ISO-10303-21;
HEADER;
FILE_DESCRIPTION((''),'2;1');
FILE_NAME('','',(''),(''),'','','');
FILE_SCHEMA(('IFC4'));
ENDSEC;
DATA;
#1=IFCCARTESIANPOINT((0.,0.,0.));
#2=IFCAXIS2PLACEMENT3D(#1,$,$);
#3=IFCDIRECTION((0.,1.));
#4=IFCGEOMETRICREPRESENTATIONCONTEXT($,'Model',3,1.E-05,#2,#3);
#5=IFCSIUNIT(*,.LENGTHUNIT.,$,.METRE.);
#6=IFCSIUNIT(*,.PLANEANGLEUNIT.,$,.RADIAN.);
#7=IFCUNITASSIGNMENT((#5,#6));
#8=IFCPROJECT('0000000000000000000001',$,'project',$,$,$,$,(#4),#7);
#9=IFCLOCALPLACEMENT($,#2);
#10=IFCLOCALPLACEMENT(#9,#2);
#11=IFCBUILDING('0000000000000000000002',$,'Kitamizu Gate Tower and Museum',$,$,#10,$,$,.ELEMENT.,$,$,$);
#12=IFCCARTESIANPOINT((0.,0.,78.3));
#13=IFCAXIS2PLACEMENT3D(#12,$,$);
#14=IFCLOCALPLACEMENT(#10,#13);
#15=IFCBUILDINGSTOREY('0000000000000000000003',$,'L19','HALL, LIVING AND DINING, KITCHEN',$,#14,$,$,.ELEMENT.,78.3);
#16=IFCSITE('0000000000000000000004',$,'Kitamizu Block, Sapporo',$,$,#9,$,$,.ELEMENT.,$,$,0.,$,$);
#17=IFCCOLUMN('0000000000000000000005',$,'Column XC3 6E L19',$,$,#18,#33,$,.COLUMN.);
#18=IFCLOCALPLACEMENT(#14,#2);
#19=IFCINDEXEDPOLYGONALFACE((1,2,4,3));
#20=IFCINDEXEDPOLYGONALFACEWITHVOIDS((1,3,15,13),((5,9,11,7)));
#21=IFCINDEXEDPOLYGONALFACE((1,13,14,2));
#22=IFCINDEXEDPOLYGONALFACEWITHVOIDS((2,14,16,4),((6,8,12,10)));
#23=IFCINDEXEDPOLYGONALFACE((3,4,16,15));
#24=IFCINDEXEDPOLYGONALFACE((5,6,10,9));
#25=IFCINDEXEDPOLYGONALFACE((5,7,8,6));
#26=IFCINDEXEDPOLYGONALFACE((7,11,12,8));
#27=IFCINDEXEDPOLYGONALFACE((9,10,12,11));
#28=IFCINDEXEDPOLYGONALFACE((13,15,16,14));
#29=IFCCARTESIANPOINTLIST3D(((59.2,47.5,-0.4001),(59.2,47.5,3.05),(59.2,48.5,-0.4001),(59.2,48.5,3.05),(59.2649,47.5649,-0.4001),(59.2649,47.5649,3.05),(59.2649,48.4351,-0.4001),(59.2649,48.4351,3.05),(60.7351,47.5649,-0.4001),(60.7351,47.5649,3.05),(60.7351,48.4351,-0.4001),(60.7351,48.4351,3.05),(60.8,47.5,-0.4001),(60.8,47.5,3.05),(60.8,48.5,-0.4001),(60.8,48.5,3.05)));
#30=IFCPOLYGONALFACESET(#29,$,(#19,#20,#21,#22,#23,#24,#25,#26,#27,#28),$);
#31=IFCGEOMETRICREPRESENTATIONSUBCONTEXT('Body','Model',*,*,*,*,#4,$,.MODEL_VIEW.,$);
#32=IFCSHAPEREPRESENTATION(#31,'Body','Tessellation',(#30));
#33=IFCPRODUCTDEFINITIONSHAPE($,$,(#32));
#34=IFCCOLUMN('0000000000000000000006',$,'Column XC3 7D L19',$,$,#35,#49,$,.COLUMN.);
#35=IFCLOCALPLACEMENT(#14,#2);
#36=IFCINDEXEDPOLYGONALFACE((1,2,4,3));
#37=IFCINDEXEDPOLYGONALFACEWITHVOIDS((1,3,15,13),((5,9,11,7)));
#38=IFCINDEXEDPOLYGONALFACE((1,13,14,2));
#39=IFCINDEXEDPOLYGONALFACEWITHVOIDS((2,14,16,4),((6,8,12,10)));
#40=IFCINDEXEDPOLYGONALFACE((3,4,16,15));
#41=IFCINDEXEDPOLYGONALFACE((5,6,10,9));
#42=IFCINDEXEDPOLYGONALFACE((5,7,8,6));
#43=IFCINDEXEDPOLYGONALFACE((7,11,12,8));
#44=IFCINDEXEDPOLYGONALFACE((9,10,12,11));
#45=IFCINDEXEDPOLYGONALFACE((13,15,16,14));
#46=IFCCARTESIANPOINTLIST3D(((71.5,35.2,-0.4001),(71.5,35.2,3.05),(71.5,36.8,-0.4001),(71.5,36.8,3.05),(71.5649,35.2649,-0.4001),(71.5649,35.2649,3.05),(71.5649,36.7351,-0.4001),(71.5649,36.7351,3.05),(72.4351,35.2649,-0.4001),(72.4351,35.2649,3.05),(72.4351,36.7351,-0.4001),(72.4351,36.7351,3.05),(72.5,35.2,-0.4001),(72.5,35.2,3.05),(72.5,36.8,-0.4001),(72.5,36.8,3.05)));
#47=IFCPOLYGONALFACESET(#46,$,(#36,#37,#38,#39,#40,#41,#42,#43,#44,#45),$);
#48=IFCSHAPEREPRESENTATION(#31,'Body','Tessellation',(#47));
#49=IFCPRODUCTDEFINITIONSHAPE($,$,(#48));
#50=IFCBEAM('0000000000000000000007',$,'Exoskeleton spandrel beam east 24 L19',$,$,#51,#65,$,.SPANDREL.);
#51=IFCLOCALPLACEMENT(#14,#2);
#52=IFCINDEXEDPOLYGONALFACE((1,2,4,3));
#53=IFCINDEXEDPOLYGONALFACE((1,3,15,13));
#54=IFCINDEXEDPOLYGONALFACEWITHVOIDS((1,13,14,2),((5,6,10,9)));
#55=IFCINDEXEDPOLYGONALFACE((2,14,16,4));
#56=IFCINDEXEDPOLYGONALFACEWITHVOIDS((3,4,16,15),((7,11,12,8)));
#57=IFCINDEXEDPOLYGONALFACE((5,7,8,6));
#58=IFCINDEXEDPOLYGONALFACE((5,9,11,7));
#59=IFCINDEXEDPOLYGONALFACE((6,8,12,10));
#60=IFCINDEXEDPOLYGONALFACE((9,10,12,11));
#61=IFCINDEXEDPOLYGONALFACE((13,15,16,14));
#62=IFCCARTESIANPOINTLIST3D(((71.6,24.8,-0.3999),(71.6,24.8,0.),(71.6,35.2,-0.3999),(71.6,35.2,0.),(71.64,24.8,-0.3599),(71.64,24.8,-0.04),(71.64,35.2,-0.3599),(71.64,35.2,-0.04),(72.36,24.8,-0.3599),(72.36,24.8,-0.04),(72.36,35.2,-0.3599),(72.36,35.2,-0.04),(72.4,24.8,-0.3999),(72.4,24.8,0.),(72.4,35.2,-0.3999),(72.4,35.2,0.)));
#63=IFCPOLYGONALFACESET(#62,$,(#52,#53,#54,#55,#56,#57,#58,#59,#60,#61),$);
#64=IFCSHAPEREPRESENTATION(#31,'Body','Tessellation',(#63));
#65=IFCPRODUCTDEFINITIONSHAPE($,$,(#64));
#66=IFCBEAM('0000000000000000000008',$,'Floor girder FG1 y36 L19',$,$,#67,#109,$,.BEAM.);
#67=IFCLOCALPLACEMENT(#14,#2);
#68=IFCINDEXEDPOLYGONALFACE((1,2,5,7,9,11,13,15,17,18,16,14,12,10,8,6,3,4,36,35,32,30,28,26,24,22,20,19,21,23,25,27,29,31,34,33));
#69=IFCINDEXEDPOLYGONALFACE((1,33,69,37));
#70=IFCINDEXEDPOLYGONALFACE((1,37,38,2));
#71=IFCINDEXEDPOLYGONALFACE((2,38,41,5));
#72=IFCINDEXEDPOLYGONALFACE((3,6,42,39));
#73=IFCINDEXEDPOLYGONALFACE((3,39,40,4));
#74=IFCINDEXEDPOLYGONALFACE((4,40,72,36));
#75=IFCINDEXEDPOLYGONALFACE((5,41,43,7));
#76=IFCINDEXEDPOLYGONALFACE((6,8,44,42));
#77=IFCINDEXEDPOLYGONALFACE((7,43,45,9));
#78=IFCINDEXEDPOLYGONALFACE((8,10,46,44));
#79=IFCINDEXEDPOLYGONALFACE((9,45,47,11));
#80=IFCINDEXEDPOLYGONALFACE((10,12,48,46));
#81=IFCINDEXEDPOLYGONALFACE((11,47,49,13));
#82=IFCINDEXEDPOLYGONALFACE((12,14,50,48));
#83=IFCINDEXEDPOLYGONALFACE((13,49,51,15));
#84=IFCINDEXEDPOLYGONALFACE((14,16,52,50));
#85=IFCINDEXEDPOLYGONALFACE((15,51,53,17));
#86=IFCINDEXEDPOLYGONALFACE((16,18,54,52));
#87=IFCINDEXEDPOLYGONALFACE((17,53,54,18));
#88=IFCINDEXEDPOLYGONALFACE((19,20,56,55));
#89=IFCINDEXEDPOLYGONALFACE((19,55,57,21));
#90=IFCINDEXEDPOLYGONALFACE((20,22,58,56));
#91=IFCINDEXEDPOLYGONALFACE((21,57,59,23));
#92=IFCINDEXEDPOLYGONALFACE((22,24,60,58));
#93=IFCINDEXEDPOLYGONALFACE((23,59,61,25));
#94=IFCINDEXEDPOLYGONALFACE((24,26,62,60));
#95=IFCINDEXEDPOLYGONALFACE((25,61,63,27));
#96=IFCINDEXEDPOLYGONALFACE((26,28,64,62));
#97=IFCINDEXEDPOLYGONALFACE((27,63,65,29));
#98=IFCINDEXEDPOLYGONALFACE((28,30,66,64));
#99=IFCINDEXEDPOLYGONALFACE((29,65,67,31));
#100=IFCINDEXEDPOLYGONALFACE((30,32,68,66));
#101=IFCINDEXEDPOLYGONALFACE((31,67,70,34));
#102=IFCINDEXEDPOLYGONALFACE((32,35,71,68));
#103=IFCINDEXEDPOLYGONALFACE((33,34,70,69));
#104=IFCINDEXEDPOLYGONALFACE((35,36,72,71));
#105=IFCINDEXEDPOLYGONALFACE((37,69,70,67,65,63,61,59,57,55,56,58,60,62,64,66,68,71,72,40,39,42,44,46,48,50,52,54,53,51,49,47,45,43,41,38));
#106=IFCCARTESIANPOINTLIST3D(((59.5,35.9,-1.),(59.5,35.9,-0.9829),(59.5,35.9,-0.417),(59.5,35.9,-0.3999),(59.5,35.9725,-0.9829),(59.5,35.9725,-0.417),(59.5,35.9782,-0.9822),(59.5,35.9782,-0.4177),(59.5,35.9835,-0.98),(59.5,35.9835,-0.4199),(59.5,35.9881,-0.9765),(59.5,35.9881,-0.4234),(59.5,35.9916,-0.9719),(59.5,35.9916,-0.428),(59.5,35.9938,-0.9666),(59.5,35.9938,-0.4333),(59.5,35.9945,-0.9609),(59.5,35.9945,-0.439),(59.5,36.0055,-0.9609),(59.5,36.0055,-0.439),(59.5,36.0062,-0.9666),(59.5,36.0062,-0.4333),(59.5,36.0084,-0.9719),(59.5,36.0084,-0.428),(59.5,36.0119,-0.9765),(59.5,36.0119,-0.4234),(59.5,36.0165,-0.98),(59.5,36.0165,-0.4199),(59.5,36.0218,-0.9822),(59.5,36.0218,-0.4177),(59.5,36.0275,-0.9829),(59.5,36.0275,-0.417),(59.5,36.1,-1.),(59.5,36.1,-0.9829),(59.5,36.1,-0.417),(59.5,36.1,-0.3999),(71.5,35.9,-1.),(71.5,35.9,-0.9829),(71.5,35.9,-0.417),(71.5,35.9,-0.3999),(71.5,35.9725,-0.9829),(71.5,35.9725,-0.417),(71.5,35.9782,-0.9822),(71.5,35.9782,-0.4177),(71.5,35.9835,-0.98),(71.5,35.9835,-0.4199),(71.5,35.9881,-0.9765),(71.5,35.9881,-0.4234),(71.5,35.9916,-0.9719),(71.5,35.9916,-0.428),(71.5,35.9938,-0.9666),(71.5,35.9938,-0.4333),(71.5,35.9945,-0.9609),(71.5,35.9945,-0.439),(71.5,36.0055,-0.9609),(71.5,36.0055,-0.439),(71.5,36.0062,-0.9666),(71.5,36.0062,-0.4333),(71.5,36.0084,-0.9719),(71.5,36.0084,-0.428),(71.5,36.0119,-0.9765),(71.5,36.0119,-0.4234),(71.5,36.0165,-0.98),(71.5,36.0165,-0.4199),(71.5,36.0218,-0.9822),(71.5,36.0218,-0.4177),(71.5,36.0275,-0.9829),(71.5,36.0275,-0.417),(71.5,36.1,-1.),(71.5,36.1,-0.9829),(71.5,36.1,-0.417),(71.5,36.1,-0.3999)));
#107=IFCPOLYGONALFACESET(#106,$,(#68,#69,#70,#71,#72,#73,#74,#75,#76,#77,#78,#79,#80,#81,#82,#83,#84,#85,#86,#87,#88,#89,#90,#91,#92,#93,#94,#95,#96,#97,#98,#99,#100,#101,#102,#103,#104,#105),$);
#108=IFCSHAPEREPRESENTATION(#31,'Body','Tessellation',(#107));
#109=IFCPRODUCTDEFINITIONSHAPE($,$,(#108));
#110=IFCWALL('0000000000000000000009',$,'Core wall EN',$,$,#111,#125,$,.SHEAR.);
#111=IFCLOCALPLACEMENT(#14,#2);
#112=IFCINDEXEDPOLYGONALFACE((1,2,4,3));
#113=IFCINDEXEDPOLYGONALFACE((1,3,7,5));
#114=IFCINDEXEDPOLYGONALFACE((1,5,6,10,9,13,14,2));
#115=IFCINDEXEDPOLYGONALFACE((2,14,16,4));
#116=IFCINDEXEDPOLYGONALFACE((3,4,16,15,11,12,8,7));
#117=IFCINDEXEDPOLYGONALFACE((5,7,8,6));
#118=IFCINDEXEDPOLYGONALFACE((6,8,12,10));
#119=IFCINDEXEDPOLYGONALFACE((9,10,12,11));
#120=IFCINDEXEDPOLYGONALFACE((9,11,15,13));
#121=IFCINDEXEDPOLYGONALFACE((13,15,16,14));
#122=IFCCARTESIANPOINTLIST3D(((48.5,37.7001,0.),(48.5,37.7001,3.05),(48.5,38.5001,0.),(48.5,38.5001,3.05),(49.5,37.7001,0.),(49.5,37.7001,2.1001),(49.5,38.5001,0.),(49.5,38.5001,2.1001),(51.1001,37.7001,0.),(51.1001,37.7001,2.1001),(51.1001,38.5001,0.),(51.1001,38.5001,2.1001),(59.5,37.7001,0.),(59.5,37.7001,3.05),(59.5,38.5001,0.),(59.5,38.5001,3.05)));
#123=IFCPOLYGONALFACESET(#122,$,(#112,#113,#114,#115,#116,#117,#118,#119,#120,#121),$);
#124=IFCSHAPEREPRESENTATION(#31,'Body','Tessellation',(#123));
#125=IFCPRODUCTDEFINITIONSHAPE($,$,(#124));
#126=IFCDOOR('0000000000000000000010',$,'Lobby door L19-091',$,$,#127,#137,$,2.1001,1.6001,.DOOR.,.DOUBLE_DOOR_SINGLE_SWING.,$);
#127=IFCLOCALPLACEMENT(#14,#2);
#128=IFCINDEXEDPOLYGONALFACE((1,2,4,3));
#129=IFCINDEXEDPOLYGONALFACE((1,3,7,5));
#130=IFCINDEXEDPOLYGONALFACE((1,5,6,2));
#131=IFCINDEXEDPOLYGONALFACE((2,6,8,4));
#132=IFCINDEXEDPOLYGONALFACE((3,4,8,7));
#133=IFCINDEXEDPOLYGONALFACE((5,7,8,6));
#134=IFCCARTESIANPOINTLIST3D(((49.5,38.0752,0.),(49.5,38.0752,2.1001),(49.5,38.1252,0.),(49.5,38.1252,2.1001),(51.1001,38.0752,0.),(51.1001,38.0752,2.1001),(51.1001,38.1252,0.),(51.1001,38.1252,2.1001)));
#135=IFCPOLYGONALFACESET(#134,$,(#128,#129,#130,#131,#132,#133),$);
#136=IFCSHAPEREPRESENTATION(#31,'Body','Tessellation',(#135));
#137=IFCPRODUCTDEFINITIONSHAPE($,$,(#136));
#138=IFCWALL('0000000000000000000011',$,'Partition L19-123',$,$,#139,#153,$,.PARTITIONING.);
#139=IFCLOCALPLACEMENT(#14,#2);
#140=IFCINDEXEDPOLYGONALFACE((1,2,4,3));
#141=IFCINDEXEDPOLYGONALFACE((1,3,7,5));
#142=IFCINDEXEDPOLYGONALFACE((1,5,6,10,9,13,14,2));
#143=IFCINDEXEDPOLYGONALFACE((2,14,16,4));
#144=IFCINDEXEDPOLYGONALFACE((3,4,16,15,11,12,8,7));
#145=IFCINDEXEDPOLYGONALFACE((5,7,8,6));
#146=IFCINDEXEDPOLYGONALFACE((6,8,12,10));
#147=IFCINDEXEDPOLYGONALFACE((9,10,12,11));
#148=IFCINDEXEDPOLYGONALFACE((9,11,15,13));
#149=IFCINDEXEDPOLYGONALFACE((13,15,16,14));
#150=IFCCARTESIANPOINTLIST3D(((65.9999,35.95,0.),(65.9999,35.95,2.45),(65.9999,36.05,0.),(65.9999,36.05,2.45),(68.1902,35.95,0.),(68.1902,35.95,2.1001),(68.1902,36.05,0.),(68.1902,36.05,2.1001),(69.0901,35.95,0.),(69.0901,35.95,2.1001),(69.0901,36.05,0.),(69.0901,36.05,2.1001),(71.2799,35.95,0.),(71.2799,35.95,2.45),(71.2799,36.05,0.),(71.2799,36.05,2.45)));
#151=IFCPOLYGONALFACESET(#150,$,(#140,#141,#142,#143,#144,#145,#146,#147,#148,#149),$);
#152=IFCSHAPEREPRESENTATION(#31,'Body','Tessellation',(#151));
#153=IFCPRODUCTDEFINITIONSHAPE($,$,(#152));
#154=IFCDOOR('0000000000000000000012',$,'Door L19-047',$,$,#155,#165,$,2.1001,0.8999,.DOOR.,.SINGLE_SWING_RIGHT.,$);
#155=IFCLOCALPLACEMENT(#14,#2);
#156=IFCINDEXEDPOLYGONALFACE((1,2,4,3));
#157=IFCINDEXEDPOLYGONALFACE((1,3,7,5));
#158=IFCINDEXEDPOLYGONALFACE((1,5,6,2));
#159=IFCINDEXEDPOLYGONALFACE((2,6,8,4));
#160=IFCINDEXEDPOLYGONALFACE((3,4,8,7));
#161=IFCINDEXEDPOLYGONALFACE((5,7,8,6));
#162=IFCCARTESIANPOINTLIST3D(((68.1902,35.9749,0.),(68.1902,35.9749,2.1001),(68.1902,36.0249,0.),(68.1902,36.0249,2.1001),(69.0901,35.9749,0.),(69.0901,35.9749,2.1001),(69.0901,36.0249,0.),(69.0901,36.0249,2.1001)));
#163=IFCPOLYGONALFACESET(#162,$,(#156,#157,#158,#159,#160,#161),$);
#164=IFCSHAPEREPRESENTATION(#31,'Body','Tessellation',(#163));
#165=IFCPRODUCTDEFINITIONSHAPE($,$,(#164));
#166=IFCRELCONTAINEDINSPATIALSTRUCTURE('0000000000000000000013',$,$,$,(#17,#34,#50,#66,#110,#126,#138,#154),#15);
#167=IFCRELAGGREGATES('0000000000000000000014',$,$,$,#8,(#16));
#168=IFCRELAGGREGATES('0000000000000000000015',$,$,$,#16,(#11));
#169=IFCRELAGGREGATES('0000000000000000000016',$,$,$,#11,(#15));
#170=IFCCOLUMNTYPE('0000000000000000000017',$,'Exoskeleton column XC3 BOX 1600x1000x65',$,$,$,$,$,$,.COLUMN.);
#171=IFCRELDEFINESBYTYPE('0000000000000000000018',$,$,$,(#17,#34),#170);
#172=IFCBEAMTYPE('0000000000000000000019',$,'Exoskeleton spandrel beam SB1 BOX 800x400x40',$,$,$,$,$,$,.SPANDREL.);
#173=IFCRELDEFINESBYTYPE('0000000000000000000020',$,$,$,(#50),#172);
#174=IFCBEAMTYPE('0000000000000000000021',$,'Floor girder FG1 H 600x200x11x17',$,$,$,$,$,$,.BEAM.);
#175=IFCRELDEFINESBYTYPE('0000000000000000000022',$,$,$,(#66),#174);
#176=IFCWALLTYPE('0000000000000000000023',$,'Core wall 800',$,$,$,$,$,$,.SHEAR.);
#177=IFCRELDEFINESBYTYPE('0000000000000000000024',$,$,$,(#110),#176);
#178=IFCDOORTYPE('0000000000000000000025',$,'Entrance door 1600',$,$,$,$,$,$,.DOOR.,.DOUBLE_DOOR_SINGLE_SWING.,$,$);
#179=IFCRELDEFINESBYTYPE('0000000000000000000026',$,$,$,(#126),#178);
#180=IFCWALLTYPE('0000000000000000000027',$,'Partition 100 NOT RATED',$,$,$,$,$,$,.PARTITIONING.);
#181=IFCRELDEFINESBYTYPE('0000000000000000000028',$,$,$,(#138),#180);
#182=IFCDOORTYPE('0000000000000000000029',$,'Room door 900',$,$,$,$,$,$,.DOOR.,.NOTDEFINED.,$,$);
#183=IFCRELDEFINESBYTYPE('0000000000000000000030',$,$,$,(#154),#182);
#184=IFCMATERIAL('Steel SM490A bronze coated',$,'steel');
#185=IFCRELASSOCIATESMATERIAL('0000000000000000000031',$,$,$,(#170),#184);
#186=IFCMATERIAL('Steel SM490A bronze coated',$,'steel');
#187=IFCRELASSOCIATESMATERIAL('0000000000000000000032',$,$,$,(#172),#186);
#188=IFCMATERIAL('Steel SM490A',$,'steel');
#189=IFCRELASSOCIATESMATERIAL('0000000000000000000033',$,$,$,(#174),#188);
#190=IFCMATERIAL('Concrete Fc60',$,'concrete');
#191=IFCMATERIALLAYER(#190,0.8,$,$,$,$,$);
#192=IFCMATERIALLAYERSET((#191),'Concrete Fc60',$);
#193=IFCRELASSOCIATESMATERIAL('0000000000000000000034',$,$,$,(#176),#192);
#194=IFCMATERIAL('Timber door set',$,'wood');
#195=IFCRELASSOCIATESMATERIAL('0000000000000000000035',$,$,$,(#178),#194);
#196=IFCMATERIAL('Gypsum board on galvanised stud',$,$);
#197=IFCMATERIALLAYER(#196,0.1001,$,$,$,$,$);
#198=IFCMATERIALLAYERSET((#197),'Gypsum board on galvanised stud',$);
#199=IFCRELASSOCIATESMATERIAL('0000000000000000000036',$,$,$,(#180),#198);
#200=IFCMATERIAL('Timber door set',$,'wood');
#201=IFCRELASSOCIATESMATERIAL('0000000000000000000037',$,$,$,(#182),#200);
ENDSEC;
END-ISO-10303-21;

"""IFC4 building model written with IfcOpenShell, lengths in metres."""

from ifc_helpers import new_model, si_unit, direction, frame, frame_2d, origin, origin_2d, place, context, subcontext, project, spatial, rectangle, hollow_rectangle, i_section, extrude, material, layer, layer_set, material_profile, profile_set, type_object, element, fill, save


model = new_model("IFC4")

# Units and contexts
model_context = context("Model", 3, precision=1e-05, world=origin(), true_north=direction((0.0, 1.0)))
body_context = subcontext(model_context, "Body", "Model", "MODEL_VIEW")
ifc_project = project(units=[si_unit("LENGTHUNIT", "METRE"), si_unit("PLANEANGLEUNIT", "RADIAN")], contexts=[model_context])

# Site, building, storey
site_placement = place(None, origin())
site = spatial("IfcSite", under=ifc_project, at=site_placement, Name="Kitamizu Block, Sapporo", CompositionType="ELEMENT", RefElevation=0.0)
building_placement = place(site_placement, origin())
building = spatial("IfcBuilding", under=site, at=building_placement, Name="Kitamizu Gate Tower and Museum", CompositionType="ELEMENT")
storey_placement = place(building_placement, frame((0.0, 0.0, 78.3)))
storey = spatial("IfcBuildingStorey", under=building, at=storey_placement, Name="L19", Description="HALL, LIVING AND DINING, KITCHEN", CompositionType="ELEMENT", Elevation=78.3)

# Columns
ifc_material_1 = material(Name="Steel SM490A bronze coated", Category="steel")
ifc_material_profile_1 = material_profile(ifc_material_1, hollow_rectangle(XDim=1.6001, YDim=1.0, WallThickness=0.0649, at=origin_2d()), Name="BOX 1600x1000x65")
ifc_profile_set_1 = profile_set([ifc_material_profile_1], Name="Steel SM490A bronze coated")
column_type = type_object("IfcColumnType", Name="Exoskeleton column XC3 BOX 1600x1000x65", PredefinedType="COLUMN", material=ifc_profile_set_1)
for number, where, z_axis, x_axis, name in (
    (1, (60.0, 48.0, -0.4001), (0.0, 0.0, 1.0), (1.0, 0.0, 0.0), "Column XC3 6E L19"),
    (2, (72.0, 36.0, -0.4001), (0.0, 0.0, 1.0), (0.0, 1.0, 0.0), "Column XC3 7D L19"),
):
    element("IfcColumn", number, at=place(storey_placement, frame(where, z_axis=z_axis, x_axis=x_axis)), inside=storey, type_object=column_type, Name=name, PredefinedType="COLUMN", context=body_context, shape_type="SweptSolid", body=[
        extrude(hollow_rectangle(XDim=1.6001, YDim=1.0, WallThickness=0.0649, at=origin_2d()), origin(), (0.0, 0.0, 1.0), 3.4502),
    ])

# Beams
ifc_material_2 = material(Name="Steel SM490A bronze coated", Category="steel")
ifc_material_profile_2 = material_profile(ifc_material_2, hollow_rectangle(XDim=0.8, YDim=0.3999, WallThickness=0.04, at=origin_2d()), Name="BOX 800x400x40")
ifc_profile_set_2 = profile_set([ifc_material_profile_2], Name="Steel SM490A bronze coated")
beam_type_1 = type_object("IfcBeamType", Name="Exoskeleton spandrel beam SB1 BOX 800x400x40", PredefinedType="SPANDREL", material=ifc_profile_set_2)
beam_1_placement = place(storey_placement, frame((72.0, 24.8, -0.2), z_axis=(0.0, 1.0, 0.0), x_axis=(-1.0, 0.0, 0.0)))
element("IfcBeam", 3, at=beam_1_placement, inside=storey, type_object=beam_type_1, Name="Exoskeleton spandrel beam east 24 L19", PredefinedType="SPANDREL", context=body_context, shape_type="SweptSolid", body=[
    extrude(hollow_rectangle(XDim=0.8, YDim=0.3999, WallThickness=0.04, at=origin_2d()), origin(), (0.0, 0.0, 1.0), 10.3999),
])
ifc_material_3 = material(Name="Steel SM490A", Category="steel")
ifc_material_profile_3 = material_profile(ifc_material_3, i_section(OverallWidth=0.2, OverallDepth=0.6001, WebThickness=0.011, FlangeThickness=0.0171, FilletRadius=0.022, at=origin_2d()), Name="H-600x200x11x17")
ifc_profile_set_3 = profile_set([ifc_material_profile_3], Name="Steel SM490A")
beam_type_2 = type_object("IfcBeamType", Name="Floor girder FG1 H 600x200x11x17", PredefinedType="BEAM", material=ifc_profile_set_3)
beam_2_placement = place(storey_placement, frame((59.5, 36.0, -0.7), z_axis=(1.0, 0.0, 0.0), x_axis=(0.0, 1.0, 0.0)))
element("IfcBeam", 4, at=beam_2_placement, inside=storey, type_object=beam_type_2, Name="Floor girder FG1 y36 L19", PredefinedType="BEAM", context=body_context, shape_type="SweptSolid", body=[
    extrude(i_section(OverallWidth=0.2, OverallDepth=0.6001, WebThickness=0.011, FlangeThickness=0.0171, FilletRadius=0.022, at=origin_2d()), origin(), (0.0, 0.0, 1.0), 12.0),
])

# Walls, openings, doors
ifc_material_4 = material(Name="Concrete Fc60", Category="concrete")
ifc_layer_1 = layer(ifc_material_4, 0.8)
ifc_layer_set_1 = layer_set([ifc_layer_1], Name="Concrete Fc60")
wall_type_1 = type_object("IfcWallType", Name="Core wall 800", PredefinedType="SHEAR", material=ifc_layer_set_1)
wall_1_placement = place(storey_placement, frame((59.5, 38.1001, 0.0), z_axis=(0.0, 0.0, 1.0), x_axis=(-1.0, 0.0, 0.0)))
wall_1 = element("IfcWall", 5, at=wall_1_placement, inside=storey, type_object=wall_type_1, Name="Core wall EN", PredefinedType="SHEAR", context=body_context, shape_type="SweptSolid", body=[
    extrude(rectangle(XDim=11.0, YDim=0.8, at=frame_2d((5.5, 0.0))), origin(), (0.0, 0.0, 1.0), 3.05),
])
opening_1_placement = place(wall_1_placement, frame((8.3999, 0.0, 0.0)))
opening_1 = element("IfcOpeningElement", 6, at=opening_1_placement, cuts=wall_1, PredefinedType="OPENING", context=body_context, shape_type="SweptSolid", body=[
    extrude(rectangle(XDim=1.6001, YDim=2.1001, at=frame_2d((0.8, 1.05))), frame((0.0, 0.4102, 0.0), z_axis=(0.0, -1.0, 0.0), x_axis=(1.0, 0.0, 0.0)), (0.0, 0.0, 1.0), 0.8201),
])
ifc_material_5 = material(Name="Timber door set", Category="wood")
door_type_1 = type_object("IfcDoorType", Name="Entrance door 1600", OperationType="DOUBLE_DOOR_SINGLE_SWING", PredefinedType="DOOR", material=ifc_material_5)
door_1_placement = place(opening_1_placement, origin())
door_1 = element("IfcDoor", 7, at=door_1_placement, inside=storey, type_object=door_type_1, Name="Lobby door L19-091", OperationType="DOUBLE_DOOR_SINGLE_SWING", OverallHeight=2.1001, OverallWidth=1.6001, PredefinedType="DOOR", context=body_context, shape_type="SweptSolid", body=[
    extrude(rectangle(XDim=1.6001, YDim=2.1001, at=frame_2d((0.8, 1.05))), frame((0.0, 0.0249, 0.0), z_axis=(0.0, -1.0, 0.0), x_axis=(1.0, 0.0, 0.0)), (0.0, 0.0, 1.0), 0.05),
])
fill(opening_1, door_1)
ifc_material_6 = material(Name="Gypsum board on galvanised stud")
ifc_layer_2 = layer(ifc_material_6, 0.1001)
ifc_layer_set_2 = layer_set([ifc_layer_2], Name="Gypsum board on galvanised stud")
wall_type_2 = type_object("IfcWallType", Name="Partition 100 NOT RATED", PredefinedType="PARTITIONING", material=ifc_layer_set_2)
wall_2_placement = place(storey_placement, frame((71.28, 36.0, 0.0), z_axis=(0.0, 0.0, 1.0), x_axis=(-1.0, 0.0, 0.0)))
wall_2 = element("IfcWall", 8, at=wall_2_placement, inside=storey, type_object=wall_type_2, Name="Partition L19-123", PredefinedType="PARTITIONING", context=body_context, shape_type="SweptSolid", body=[
    extrude(rectangle(XDim=5.28, YDim=0.1001, at=frame_2d((2.6401, 0.0))), origin(), (0.0, 0.0, 1.0), 2.45),
])
opening_2_placement = place(wall_2_placement, frame((2.1899, 0.0, 0.0)))
opening_2 = element("IfcOpeningElement", 9, at=opening_2_placement, cuts=wall_2, PredefinedType="OPENING", context=body_context, shape_type="SweptSolid", body=[
    extrude(rectangle(XDim=0.8999, YDim=2.1001, at=frame_2d((0.45, 1.05))), frame((0.0, 0.0601, 0.0), z_axis=(0.0, -1.0, 0.0), x_axis=(1.0, 0.0, 0.0)), (0.0, 0.0, 1.0), 0.1201),
])
ifc_material_7 = material(Name="Timber door set", Category="wood")
door_type_2 = type_object("IfcDoorType", Name="Room door 900", OperationType="NOTDEFINED", PredefinedType="DOOR", material=ifc_material_7)
door_2_placement = place(opening_2_placement, frame((0.8999, 0.0, 0.0), x_axis=(-1.0, 0.0, 0.0)))
door_2 = element("IfcDoor", 10, at=door_2_placement, inside=storey, type_object=door_type_2, Name="Door L19-047", OperationType="SINGLE_SWING_RIGHT", OverallHeight=2.1001, OverallWidth=0.8999, PredefinedType="DOOR", context=body_context, shape_type="SweptSolid", body=[
    extrude(rectangle(XDim=0.8999, YDim=2.1001, at=frame_2d((0.45, 1.05))), frame((0.0, 0.0249, 0.0), z_axis=(0.0, -1.0, 0.0), x_axis=(1.0, 0.0, 0.0)), (0.0, 0.0, 1.0), 0.05),
])
fill(opening_2, door_2)

save(model, "model.ifc")
